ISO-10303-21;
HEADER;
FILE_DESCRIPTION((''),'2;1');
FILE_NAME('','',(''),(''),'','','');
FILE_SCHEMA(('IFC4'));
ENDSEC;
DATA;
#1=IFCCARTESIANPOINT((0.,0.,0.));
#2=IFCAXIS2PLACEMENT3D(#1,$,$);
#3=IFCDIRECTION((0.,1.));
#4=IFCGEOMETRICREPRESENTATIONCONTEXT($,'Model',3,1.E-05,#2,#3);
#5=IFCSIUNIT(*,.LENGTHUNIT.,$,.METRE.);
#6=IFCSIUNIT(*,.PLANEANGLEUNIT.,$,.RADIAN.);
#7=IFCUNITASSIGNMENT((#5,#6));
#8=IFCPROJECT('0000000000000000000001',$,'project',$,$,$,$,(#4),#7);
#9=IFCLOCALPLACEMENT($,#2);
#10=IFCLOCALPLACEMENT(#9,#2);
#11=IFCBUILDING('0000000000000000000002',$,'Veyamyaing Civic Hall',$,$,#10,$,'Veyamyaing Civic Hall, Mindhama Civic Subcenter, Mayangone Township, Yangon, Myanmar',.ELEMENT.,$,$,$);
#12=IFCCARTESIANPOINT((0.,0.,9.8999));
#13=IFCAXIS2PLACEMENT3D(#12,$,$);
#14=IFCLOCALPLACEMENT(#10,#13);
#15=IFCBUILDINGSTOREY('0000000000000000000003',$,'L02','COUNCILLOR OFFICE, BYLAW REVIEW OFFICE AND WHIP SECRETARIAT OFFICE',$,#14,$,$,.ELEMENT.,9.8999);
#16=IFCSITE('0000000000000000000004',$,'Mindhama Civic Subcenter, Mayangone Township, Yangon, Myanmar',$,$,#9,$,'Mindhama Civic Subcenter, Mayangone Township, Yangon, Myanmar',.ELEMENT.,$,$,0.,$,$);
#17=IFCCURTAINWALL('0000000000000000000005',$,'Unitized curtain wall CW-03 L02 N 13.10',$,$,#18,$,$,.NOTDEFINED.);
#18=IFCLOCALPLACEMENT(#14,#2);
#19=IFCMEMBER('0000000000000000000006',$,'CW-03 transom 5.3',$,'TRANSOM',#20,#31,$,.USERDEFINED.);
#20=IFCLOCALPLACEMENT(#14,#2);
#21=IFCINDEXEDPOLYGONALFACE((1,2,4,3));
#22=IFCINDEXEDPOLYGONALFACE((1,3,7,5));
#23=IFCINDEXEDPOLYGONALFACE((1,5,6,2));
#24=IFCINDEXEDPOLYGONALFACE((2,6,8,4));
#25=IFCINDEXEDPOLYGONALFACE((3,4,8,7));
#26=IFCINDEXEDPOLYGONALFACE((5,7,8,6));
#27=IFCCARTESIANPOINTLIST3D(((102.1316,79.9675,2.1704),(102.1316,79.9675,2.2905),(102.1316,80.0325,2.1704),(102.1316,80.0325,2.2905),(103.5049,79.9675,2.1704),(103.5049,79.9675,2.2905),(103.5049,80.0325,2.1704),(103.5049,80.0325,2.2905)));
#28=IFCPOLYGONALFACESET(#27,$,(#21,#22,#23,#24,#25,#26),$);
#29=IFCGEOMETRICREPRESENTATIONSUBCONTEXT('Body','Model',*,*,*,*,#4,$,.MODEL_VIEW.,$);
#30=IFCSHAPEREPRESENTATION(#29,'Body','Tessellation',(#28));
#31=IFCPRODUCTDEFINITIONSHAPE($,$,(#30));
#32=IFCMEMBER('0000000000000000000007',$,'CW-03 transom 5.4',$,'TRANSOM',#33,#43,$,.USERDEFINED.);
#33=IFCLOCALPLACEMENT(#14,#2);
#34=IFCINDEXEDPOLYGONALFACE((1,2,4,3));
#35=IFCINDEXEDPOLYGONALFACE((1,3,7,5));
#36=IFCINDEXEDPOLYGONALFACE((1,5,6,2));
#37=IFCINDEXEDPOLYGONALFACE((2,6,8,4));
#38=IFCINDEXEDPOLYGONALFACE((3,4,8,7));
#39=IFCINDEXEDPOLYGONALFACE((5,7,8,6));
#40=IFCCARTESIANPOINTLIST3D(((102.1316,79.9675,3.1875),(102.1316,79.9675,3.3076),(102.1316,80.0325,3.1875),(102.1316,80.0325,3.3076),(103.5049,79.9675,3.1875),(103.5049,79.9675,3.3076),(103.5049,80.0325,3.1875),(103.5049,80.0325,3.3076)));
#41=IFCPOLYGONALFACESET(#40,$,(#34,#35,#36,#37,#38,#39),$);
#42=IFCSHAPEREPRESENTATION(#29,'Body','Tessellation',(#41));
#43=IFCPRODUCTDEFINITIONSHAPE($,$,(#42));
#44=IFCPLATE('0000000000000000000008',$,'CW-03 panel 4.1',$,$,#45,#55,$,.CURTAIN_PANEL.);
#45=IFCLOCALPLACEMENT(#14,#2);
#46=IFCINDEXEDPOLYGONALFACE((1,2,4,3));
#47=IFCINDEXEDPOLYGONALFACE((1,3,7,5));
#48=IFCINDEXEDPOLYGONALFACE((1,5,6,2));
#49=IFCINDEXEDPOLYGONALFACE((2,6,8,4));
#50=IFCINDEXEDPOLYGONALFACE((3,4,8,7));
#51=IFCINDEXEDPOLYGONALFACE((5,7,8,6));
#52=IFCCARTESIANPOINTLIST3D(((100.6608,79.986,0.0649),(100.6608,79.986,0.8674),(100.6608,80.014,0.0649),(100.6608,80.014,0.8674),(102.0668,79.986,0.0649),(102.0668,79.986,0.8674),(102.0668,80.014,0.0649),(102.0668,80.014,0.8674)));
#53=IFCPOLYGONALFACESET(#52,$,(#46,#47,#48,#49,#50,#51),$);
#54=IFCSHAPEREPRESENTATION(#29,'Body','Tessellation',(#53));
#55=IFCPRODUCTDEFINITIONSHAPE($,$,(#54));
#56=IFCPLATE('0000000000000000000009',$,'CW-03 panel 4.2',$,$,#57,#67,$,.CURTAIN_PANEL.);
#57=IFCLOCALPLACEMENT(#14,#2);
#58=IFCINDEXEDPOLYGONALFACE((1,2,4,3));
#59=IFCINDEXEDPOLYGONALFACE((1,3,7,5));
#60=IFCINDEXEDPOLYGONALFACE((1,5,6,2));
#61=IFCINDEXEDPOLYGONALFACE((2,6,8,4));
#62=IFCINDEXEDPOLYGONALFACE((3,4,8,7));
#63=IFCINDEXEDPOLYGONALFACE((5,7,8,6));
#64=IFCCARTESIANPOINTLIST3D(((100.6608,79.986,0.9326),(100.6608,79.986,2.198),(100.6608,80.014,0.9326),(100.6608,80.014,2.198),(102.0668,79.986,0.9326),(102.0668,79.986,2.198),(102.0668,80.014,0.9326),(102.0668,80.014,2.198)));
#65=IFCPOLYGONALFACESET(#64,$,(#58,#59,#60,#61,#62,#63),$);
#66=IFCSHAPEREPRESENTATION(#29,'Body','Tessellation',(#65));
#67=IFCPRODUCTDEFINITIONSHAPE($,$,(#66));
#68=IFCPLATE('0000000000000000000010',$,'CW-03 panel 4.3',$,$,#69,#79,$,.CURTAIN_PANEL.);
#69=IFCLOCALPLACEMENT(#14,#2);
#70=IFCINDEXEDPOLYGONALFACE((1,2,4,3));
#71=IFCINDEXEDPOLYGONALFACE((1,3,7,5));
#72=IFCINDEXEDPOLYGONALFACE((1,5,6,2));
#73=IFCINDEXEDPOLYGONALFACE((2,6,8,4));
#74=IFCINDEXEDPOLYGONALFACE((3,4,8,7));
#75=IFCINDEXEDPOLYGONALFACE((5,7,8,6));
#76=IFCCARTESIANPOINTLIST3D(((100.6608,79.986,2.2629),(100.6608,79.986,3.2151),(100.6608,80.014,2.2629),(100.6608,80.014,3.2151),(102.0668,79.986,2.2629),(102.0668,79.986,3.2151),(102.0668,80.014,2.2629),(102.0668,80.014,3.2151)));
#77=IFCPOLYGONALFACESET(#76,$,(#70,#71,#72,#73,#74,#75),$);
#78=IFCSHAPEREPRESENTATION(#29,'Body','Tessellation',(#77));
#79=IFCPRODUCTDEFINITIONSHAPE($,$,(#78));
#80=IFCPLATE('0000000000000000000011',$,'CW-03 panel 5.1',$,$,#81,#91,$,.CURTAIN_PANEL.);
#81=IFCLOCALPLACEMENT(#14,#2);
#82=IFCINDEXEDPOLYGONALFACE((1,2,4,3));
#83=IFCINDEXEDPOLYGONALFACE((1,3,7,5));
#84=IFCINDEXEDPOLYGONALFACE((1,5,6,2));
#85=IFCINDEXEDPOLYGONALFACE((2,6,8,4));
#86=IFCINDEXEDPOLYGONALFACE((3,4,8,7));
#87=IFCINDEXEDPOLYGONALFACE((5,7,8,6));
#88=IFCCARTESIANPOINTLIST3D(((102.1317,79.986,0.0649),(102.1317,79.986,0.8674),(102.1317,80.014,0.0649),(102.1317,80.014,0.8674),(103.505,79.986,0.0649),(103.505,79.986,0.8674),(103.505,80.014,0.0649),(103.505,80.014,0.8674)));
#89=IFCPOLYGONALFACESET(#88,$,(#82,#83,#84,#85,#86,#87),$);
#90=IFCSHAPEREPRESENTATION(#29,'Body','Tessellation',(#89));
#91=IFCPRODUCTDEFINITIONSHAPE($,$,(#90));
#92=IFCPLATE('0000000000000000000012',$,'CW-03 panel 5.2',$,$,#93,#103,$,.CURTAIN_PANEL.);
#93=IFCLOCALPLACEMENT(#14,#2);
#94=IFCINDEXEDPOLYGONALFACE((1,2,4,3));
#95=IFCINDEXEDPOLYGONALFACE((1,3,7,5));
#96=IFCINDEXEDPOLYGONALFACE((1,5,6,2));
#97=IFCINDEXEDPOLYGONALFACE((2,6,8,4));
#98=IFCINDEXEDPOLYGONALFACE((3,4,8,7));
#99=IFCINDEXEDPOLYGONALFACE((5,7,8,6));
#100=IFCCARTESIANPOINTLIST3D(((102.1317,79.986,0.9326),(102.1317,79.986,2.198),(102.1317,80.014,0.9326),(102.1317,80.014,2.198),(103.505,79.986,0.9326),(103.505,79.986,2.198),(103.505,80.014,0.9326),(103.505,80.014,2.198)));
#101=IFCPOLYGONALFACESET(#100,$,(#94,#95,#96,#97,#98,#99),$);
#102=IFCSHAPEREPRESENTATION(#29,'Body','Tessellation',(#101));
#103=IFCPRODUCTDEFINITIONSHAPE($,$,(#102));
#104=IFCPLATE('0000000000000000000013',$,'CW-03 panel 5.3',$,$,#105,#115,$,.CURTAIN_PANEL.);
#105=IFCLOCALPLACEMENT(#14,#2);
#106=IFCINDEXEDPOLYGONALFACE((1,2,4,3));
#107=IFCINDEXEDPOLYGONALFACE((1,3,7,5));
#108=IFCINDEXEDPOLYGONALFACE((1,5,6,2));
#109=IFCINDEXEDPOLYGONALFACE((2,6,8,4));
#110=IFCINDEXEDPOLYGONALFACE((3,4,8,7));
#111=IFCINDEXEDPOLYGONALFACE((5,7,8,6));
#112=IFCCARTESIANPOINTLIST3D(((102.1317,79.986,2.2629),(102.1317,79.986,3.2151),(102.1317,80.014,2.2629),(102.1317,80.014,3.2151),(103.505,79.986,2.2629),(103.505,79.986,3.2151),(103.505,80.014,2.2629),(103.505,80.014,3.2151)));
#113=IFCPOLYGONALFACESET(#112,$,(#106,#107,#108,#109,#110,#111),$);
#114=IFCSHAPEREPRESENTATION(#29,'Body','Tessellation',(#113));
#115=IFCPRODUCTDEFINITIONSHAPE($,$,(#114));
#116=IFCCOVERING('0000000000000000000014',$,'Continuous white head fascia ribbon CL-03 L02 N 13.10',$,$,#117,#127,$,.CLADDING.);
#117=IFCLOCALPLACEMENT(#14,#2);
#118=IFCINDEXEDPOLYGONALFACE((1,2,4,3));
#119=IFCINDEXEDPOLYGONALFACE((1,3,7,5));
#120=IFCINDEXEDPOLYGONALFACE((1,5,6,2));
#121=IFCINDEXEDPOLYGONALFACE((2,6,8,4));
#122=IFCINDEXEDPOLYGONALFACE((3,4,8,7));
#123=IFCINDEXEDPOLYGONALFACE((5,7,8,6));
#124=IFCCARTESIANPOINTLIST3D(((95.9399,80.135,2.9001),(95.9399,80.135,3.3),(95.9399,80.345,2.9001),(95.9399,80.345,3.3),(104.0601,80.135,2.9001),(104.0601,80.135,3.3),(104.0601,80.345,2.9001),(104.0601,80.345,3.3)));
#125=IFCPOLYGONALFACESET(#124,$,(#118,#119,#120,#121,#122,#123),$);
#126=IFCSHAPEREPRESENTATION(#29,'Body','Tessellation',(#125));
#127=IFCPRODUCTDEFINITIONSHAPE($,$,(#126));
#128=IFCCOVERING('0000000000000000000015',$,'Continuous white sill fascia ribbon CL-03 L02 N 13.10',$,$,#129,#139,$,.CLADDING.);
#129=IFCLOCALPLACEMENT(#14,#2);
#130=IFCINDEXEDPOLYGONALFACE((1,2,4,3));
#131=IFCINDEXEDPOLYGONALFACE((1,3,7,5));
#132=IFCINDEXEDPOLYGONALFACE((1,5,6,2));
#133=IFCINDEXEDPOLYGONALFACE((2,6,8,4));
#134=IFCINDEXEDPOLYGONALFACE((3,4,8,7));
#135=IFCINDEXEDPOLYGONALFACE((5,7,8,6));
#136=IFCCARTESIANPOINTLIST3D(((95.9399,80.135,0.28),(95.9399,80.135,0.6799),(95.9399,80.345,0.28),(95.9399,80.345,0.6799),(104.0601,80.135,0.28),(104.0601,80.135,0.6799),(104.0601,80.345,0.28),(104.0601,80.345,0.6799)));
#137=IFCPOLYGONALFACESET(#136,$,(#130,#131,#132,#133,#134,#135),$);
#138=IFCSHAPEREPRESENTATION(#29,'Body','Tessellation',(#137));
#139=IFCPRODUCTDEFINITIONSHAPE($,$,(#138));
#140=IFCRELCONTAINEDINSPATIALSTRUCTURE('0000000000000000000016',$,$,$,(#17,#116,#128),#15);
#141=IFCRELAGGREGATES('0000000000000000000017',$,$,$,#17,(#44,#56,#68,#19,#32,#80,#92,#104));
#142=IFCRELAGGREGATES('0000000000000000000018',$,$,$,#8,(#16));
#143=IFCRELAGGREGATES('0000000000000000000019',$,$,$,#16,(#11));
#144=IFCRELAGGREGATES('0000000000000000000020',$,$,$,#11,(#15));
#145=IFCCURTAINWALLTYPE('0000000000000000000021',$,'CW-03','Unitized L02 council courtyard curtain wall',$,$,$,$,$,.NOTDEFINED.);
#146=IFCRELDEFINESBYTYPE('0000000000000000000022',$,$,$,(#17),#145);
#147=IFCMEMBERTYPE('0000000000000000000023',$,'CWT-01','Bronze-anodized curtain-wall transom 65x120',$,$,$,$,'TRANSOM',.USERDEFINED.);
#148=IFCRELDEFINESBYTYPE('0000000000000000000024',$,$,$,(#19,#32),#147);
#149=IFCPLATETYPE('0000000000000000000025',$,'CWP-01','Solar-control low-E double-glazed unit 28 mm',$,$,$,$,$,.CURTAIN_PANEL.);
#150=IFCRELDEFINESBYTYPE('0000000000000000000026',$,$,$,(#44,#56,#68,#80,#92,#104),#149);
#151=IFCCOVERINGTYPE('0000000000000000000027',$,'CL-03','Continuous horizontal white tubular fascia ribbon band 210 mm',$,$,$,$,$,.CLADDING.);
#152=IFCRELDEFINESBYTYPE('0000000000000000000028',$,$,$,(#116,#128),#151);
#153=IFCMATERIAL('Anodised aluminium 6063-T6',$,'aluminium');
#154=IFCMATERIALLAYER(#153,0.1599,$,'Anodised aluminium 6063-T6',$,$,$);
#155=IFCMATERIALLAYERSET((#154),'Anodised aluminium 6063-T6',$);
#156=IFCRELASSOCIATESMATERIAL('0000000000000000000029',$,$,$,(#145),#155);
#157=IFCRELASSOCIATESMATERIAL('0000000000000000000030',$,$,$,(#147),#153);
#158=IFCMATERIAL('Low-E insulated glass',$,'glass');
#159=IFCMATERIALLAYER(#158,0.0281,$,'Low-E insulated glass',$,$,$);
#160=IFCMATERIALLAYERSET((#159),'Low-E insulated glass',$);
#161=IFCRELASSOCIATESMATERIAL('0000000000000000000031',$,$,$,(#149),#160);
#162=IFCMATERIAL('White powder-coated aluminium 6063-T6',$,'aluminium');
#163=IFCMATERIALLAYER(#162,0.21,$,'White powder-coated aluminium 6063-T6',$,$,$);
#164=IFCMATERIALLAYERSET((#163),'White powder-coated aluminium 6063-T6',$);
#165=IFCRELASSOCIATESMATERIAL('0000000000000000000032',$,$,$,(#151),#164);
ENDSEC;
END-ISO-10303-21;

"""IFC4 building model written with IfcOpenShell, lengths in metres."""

from ifc_helpers import new_model, si_unit, direction, frame, origin, origin_2d, place, context, subcontext, project, spatial, rectangle, extrude, material, layer, layer_set, material_profile, profile_set, type_object, element, aggregate, save


model = new_model("IFC4")

# Units and contexts
model_context = context("Model", 3, precision=1e-05, world=origin(), true_north=direction((0.0, 1.0)))
body_context = subcontext(model_context, "Body", "Model", "MODEL_VIEW")
ifc_project = project(units=[si_unit("LENGTHUNIT", "METRE"), si_unit("PLANEANGLEUNIT", "RADIAN")], contexts=[model_context])

# Site, building, storey
site_placement = place(None, origin())
site = spatial("IfcSite", under=ifc_project, at=site_placement, Name="Mindhama Civic Subcenter, Mayangone Township, Yangon, Myanmar", LongName="Mindhama Civic Subcenter, Mayangone Township, Yangon, Myanmar", CompositionType="ELEMENT", RefElevation=0.0)
building_placement = place(site_placement, origin())
building = spatial("IfcBuilding", under=site, at=building_placement, Name="Veyamyaing Civic Hall", LongName="Veyamyaing Civic Hall, Mindhama Civic Subcenter, Mayangone Township, Yangon, Myanmar", CompositionType="ELEMENT")
storey_placement = place(building_placement, frame((0.0, 0.0, 9.8999)))
storey = spatial("IfcBuildingStorey", under=building, at=storey_placement, Name="L02", Description="COUNCILLOR OFFICE, BYLAW REVIEW OFFICE AND WHIP SECRETARIAT OFFICE", CompositionType="ELEMENT", Elevation=9.8999)

# Curtain wall, members, plates
ifc_material_1 = material(Name="Anodised aluminium 6063-T6", Category="aluminium")
ifc_layer_1 = layer(ifc_material_1, 0.1599, Name="Anodised aluminium 6063-T6")
ifc_layer_set_1 = layer_set([ifc_layer_1], Name="Anodised aluminium 6063-T6")
curtain_wall_type = type_object("IfcCurtainWallType", Name="CW-03", Description="Unitized L02 council courtyard curtain wall", PredefinedType="NOTDEFINED", material=ifc_layer_set_1)
curtain_wall_placement = place(storey_placement, origin())
curtain_wall = element("IfcCurtainWall", 1, at=curtain_wall_placement, inside=storey, type_object=curtain_wall_type, Name="Unitized curtain wall CW-03 L02 N 13.10", PredefinedType="NOTDEFINED")
ifc_material_profile_1 = material_profile(ifc_material_1, rectangle(XDim=0.0649, YDim=0.1201, at=origin_2d()), Name="ALU-TRN-65X120")
ifc_profile_set_1 = profile_set([ifc_material_profile_1], Name="Anodised aluminium 6063-T6")
member_type_1 = type_object("IfcMemberType", Name="CWT-01", Description="Bronze-anodized curtain-wall transom 65x120", ElementType="TRANSOM", PredefinedType="USERDEFINED", material=ifc_profile_set_1)
member_1_placement = place(storey_placement, frame((102.1316, 80.0, 2.2305), z_axis=(1.0, 0.0, 0.0), x_axis=(0.0, 1.0, 0.0)))
member_1 = element("IfcMember", 2, at=member_1_placement, type_object=member_type_1, Name="CW-03 transom 5.3", ObjectType="TRANSOM", PredefinedType="USERDEFINED", context=body_context, shape_type="SweptSolid", body=[
    extrude(rectangle(XDim=0.0649, YDim=0.1201, at=origin_2d()), origin(), (0.0, 0.0, 1.0), 1.3733),
])
member_2_placement = place(storey_placement, frame((102.1316, 80.0, 3.2476), z_axis=(1.0, 0.0, 0.0), x_axis=(0.0, 1.0, 0.0)))
member_2 = element("IfcMember", 3, at=member_2_placement, type_object=member_type_1, Name="CW-03 transom 5.4", ObjectType="TRANSOM", PredefinedType="USERDEFINED", context=body_context, shape_type="SweptSolid", body=[
    extrude(rectangle(XDim=0.0649, YDim=0.1201, at=origin_2d()), origin(), (0.0, 0.0, 1.0), 1.3733),
])
ifc_material_2 = material(Name="Low-E insulated glass", Category="glass")
ifc_layer_2 = layer(ifc_material_2, 0.0281, Name="Low-E insulated glass")
ifc_layer_set_2 = layer_set([ifc_layer_2], Name="Low-E insulated glass")
plate_type = type_object("IfcPlateType", Name="CWP-01", Description="Solar-control low-E double-glazed unit 28 mm", PredefinedType="CURTAIN_PANEL", material=ifc_layer_set_2)
plate_1_placement = place(storey_placement, frame((101.3638, 80.0, 0.0649), z_axis=(0.0, 0.0, 1.0), x_axis=(1.0, 0.0, 0.0)))
plate_1 = element("IfcPlate", 4, at=plate_1_placement, type_object=plate_type, Name="CW-03 panel 4.1", PredefinedType="CURTAIN_PANEL", context=body_context, shape_type="SweptSolid", body=[
    extrude(rectangle(XDim=1.406, YDim=0.0281, at=origin_2d()), origin(), (0.0, 0.0, 1.0), 0.8025),
])
plate_2_placement = place(storey_placement, frame((101.3638, 80.0, 0.9326), z_axis=(0.0, 0.0, 1.0), x_axis=(1.0, 0.0, 0.0)))
plate_2 = element("IfcPlate", 5, at=plate_2_placement, type_object=plate_type, Name="CW-03 panel 4.2", PredefinedType="CURTAIN_PANEL", context=body_context, shape_type="SweptSolid", body=[
    extrude(rectangle(XDim=1.406, YDim=0.0281, at=origin_2d()), origin(), (0.0, 0.0, 1.0), 1.2654),
])
plate_3_placement = place(storey_placement, frame((101.3638, 80.0, 2.2629), z_axis=(0.0, 0.0, 1.0), x_axis=(1.0, 0.0, 0.0)))
plate_3 = element("IfcPlate", 6, at=plate_3_placement, type_object=plate_type, Name="CW-03 panel 4.3", PredefinedType="CURTAIN_PANEL", context=body_context, shape_type="SweptSolid", body=[
    extrude(rectangle(XDim=1.406, YDim=0.0281, at=origin_2d()), origin(), (0.0, 0.0, 1.0), 0.9521),
])
plate_4_placement = place(storey_placement, frame((102.8184, 80.0, 0.0649), z_axis=(0.0, 0.0, 1.0), x_axis=(1.0, 0.0, 0.0)))
plate_4 = element("IfcPlate", 7, at=plate_4_placement, type_object=plate_type, Name="CW-03 panel 5.1", PredefinedType="CURTAIN_PANEL", context=body_context, shape_type="SweptSolid", body=[
    extrude(rectangle(XDim=1.3733, YDim=0.0281, at=origin_2d()), origin(), (0.0, 0.0, 1.0), 0.8025),
])
plate_5_placement = place(storey_placement, frame((102.8184, 80.0, 0.9326), z_axis=(0.0, 0.0, 1.0), x_axis=(1.0, 0.0, 0.0)))
plate_5 = element("IfcPlate", 8, at=plate_5_placement, type_object=plate_type, Name="CW-03 panel 5.2", PredefinedType="CURTAIN_PANEL", context=body_context, shape_type="SweptSolid", body=[
    extrude(rectangle(XDim=1.3733, YDim=0.0281, at=origin_2d()), origin(), (0.0, 0.0, 1.0), 1.2654),
])
plate_6_placement = place(storey_placement, frame((102.8184, 80.0, 2.2629), z_axis=(0.0, 0.0, 1.0), x_axis=(1.0, 0.0, 0.0)))
plate_6 = element("IfcPlate", 9, at=plate_6_placement, type_object=plate_type, Name="CW-03 panel 5.3", PredefinedType="CURTAIN_PANEL", context=body_context, shape_type="SweptSolid", body=[
    extrude(rectangle(XDim=1.3733, YDim=0.0281, at=origin_2d()), origin(), (0.0, 0.0, 1.0), 0.9521),
])
aggregate(curtain_wall, [plate_1, plate_2, plate_3, member_1, member_2, plate_4, plate_5, plate_6])

# Coverings
ifc_material_3 = material(Name="White powder-coated aluminium 6063-T6", Category="aluminium")
ifc_layer_3 = layer(ifc_material_3, 0.21, Name="White powder-coated aluminium 6063-T6")
ifc_layer_set_3 = layer_set([ifc_layer_3], Name="White powder-coated aluminium 6063-T6")
covering_type = type_object("IfcCoveringType", Name="CL-03", Description="Continuous horizontal white tubular fascia ribbon band 210 mm", PredefinedType="CLADDING", material=ifc_layer_set_3)
for number, where, z_axis, x_axis, name in (
    (10, (100.0, 80.24, 2.9001), (0.0, 0.0, 1.0), (1.0, 0.0, 0.0), "Continuous white head fascia ribbon CL-03 L02 N 13.10"),
    (11, (100.0, 80.24, 0.28), (0.0, 0.0, 1.0), (1.0, 0.0, 0.0), "Continuous white sill fascia ribbon CL-03 L02 N 13.10"),
):
    element("IfcCovering", number, at=place(storey_placement, frame(where, z_axis=z_axis, x_axis=x_axis)), inside=storey, type_object=covering_type, Name=name, PredefinedType="CLADDING", context=body_context, shape_type="SweptSolid", body=[
        extrude(rectangle(XDim=8.1201, YDim=0.21, at=origin_2d()), origin(), (0.0, 0.0, 1.0), 0.3999),
    ])

save(model, "model.ifc")
